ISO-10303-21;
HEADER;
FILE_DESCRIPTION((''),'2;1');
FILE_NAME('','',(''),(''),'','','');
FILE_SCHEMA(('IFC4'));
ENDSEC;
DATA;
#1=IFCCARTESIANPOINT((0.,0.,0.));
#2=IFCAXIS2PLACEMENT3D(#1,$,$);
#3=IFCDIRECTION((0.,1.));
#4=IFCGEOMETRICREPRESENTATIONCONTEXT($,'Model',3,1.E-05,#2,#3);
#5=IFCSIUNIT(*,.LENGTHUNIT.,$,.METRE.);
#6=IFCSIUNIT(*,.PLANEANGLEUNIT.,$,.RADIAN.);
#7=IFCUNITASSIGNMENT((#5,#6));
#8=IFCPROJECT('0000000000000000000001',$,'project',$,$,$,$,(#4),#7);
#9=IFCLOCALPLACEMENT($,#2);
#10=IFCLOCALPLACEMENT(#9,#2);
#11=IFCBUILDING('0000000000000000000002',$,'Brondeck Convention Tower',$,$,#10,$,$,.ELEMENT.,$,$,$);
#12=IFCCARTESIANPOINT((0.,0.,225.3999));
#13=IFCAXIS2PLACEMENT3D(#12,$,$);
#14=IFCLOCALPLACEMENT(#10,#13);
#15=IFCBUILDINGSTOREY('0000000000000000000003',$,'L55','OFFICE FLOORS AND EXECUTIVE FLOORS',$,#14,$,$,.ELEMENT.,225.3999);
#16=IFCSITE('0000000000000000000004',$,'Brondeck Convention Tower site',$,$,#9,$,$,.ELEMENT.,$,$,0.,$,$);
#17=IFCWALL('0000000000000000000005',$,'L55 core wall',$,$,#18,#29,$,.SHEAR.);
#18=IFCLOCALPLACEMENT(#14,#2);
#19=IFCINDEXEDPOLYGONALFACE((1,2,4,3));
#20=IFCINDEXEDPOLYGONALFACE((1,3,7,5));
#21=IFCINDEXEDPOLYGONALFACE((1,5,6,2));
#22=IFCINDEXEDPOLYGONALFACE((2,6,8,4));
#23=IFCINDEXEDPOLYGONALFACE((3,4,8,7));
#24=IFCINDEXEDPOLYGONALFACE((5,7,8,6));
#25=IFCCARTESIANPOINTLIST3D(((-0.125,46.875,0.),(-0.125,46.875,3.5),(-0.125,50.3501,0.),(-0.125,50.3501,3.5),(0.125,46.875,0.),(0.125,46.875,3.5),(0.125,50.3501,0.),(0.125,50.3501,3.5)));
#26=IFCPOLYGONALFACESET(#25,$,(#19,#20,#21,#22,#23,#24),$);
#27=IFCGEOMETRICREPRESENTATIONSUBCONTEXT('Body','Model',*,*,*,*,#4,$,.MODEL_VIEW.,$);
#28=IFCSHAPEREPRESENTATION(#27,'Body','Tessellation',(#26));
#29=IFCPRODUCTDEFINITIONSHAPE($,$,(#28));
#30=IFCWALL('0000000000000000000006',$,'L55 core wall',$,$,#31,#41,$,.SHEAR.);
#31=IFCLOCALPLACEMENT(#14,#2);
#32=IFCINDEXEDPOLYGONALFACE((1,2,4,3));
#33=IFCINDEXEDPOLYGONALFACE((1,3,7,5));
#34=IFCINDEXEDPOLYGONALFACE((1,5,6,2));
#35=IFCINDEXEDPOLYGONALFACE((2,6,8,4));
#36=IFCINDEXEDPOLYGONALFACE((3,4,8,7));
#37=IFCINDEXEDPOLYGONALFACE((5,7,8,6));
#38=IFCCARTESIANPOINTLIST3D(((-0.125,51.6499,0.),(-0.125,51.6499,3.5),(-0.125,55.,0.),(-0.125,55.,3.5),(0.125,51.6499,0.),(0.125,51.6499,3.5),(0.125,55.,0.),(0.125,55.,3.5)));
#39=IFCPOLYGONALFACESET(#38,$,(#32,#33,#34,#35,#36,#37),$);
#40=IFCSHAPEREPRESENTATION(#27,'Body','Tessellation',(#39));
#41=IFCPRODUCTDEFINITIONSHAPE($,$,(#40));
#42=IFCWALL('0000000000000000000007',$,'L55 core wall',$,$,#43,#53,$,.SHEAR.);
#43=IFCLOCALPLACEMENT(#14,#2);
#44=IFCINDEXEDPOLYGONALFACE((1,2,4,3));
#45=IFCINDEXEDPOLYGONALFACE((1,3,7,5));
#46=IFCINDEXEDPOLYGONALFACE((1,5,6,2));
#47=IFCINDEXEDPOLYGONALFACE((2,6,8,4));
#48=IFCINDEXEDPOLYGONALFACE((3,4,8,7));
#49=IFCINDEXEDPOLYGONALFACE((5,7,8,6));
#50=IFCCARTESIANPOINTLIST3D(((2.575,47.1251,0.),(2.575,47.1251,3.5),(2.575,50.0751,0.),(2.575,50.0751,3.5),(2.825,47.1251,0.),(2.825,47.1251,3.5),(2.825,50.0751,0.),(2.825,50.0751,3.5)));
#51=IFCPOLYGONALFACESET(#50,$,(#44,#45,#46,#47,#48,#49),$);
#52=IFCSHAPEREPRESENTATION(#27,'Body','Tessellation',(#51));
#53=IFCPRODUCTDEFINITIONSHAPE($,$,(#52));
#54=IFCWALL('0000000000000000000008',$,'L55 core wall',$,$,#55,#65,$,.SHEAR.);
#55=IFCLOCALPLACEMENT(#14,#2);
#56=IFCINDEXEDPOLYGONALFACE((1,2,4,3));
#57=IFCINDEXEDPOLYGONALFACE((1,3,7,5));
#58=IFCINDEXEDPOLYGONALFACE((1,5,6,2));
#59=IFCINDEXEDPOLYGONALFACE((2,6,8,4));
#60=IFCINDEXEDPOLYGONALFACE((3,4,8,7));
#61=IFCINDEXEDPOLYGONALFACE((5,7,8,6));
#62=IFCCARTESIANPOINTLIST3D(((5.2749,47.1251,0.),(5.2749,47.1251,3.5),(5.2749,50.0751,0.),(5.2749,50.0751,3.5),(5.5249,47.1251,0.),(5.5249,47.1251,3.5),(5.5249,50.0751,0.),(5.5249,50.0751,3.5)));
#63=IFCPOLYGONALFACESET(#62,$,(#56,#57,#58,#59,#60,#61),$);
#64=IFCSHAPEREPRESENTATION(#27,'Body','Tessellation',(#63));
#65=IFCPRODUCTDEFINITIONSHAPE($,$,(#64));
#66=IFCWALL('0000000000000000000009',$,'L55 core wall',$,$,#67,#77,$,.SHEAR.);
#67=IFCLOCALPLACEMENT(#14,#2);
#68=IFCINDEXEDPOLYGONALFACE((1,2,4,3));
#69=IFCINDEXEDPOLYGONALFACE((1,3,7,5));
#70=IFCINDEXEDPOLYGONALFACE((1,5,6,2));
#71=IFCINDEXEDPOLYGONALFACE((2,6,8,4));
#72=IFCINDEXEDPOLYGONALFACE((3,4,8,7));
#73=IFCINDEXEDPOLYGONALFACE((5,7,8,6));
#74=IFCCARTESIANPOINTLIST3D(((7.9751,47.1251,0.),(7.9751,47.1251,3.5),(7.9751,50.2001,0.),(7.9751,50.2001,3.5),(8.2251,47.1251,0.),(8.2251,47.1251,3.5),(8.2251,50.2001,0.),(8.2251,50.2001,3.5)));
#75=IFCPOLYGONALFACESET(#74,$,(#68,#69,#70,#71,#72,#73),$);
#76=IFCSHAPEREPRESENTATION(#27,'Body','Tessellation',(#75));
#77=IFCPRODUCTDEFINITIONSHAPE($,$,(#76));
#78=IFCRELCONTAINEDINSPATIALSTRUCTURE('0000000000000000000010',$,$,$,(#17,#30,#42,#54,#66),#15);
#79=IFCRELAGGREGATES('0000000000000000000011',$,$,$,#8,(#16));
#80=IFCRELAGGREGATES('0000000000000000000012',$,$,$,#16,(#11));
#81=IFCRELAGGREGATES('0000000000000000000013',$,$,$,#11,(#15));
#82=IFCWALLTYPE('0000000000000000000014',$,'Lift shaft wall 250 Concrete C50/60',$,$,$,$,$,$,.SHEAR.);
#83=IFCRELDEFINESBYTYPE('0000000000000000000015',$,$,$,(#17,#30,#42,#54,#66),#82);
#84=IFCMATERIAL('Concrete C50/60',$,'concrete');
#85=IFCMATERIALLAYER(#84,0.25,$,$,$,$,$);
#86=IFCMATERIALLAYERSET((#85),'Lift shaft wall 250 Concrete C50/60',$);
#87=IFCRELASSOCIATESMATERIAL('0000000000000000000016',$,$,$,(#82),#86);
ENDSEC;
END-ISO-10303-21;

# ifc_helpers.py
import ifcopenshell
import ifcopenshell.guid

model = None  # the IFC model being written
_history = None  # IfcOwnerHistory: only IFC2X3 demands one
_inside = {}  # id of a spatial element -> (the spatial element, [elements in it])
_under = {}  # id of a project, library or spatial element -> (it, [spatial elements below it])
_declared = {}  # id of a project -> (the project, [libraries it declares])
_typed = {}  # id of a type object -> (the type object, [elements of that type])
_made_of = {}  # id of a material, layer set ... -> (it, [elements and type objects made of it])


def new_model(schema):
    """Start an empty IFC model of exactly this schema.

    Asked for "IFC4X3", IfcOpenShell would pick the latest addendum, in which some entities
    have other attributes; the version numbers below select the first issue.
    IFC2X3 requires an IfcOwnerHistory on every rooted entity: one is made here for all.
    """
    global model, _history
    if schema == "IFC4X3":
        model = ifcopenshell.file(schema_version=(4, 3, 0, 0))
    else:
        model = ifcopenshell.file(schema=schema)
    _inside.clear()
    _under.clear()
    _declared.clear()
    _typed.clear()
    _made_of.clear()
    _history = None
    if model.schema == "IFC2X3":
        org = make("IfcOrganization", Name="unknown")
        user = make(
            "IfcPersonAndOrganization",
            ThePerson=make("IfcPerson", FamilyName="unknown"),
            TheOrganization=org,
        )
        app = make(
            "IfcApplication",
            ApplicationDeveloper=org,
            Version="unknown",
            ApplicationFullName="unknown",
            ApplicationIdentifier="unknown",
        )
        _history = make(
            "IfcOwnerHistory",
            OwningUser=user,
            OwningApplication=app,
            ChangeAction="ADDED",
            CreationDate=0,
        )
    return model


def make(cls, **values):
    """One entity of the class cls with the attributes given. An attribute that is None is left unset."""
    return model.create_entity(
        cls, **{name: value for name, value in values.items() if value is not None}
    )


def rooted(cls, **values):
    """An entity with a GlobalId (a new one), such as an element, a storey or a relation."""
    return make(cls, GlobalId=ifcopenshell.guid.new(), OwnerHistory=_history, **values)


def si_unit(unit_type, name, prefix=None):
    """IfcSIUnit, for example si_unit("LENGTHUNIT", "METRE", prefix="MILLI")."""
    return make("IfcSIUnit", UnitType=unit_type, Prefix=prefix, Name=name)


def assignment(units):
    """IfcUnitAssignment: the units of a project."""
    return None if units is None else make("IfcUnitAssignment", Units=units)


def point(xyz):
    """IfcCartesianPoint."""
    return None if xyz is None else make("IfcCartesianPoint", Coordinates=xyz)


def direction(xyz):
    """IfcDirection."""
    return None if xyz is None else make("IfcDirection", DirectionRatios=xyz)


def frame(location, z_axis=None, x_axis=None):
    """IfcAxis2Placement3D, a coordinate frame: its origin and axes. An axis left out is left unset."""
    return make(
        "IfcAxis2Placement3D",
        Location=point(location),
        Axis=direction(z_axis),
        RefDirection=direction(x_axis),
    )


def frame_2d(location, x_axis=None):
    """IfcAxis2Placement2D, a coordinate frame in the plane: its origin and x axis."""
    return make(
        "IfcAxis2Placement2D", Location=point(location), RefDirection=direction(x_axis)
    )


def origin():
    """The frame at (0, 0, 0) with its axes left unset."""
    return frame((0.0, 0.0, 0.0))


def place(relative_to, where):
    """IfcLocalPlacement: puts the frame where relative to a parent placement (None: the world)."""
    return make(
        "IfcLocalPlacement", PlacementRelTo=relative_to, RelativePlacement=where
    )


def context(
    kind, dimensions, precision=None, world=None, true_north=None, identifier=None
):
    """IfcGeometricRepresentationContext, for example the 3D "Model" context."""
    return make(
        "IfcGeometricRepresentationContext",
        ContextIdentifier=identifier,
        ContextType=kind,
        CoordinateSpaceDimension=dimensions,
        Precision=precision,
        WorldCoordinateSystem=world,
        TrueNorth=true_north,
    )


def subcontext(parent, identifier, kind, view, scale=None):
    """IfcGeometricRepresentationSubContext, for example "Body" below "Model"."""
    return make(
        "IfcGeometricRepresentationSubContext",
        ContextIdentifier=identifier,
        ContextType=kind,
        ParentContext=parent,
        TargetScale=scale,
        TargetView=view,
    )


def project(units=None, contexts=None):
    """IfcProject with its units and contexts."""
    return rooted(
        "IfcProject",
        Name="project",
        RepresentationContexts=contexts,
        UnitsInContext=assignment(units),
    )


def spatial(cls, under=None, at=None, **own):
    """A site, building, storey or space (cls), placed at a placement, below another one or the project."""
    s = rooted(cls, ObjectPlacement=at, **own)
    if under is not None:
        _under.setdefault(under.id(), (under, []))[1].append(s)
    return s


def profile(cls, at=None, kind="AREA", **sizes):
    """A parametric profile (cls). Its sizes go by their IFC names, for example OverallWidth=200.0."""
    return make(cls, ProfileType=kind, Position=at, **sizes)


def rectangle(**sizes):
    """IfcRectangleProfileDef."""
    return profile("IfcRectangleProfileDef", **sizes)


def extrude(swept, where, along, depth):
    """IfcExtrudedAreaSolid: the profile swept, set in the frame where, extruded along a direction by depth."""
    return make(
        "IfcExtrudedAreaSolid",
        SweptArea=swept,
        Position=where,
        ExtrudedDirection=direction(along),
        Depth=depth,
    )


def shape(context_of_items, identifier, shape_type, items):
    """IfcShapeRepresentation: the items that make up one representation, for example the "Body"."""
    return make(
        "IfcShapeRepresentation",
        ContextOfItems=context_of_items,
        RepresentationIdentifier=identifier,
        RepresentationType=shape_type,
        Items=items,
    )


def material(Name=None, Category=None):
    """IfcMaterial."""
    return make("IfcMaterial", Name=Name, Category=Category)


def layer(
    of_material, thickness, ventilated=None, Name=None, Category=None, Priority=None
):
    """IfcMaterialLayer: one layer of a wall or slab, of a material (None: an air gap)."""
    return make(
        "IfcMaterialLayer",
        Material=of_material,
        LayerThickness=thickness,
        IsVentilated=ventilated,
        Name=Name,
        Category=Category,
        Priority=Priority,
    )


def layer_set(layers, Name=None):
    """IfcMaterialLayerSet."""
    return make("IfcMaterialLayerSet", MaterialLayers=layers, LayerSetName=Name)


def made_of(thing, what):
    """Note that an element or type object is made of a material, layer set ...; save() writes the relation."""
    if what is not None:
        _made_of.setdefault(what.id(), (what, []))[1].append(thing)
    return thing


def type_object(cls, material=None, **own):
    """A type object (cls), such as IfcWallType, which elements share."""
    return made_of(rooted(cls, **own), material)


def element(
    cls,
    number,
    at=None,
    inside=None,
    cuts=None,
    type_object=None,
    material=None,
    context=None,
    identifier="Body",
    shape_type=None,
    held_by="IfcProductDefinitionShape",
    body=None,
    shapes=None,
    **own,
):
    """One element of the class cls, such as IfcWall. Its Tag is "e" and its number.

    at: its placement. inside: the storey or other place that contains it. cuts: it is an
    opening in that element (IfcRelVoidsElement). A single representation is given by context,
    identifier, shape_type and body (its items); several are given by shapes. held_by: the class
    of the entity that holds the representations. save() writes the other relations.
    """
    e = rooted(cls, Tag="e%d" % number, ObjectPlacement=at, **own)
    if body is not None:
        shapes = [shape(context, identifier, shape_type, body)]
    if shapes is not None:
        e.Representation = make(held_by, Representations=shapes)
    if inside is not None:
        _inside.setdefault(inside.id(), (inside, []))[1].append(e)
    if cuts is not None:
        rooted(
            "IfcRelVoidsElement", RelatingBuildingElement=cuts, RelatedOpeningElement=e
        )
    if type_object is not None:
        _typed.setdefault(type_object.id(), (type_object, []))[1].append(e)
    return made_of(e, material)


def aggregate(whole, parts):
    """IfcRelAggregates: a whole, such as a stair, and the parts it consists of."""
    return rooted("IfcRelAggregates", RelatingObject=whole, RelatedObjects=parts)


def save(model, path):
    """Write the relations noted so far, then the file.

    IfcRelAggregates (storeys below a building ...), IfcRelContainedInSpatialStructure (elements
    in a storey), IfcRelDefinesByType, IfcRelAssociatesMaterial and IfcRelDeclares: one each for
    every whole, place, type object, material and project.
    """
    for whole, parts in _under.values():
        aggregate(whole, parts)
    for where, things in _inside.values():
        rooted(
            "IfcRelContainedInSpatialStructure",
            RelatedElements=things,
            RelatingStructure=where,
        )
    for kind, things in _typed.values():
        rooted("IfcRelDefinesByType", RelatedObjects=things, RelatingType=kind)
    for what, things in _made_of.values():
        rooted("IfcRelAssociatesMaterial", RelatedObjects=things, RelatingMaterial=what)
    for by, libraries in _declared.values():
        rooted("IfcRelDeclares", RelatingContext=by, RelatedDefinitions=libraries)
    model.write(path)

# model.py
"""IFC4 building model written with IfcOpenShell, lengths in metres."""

from ifc_helpers import new_model, si_unit, direction, frame, frame_2d, origin, place, context, subcontext, project, spatial, rectangle, extrude, material, layer, layer_set, type_object, element, save


model = new_model("IFC4")

# Units and contexts
model_context = context("Model", 3, precision=1e-05, world=origin(), true_north=direction((0.0, 1.0)))
body_context = subcontext(model_context, "Body", "Model", "MODEL_VIEW")
ifc_project = project(units=[si_unit("LENGTHUNIT", "METRE"), si_unit("PLANEANGLEUNIT", "RADIAN")], contexts=[model_context])

# Site, building, storey
site_placement = place(None, origin())
site = spatial("IfcSite", under=ifc_project, at=site_placement, Name="Brondeck Convention Tower site", CompositionType="ELEMENT", RefElevation=0.0)
building_placement = place(site_placement, origin())
building = spatial("IfcBuilding", under=site, at=building_placement, Name="Brondeck Convention Tower", CompositionType="ELEMENT")
storey_placement = place(building_placement, frame((0.0, 0.0, 225.3999)))
storey = spatial("IfcBuildingStorey", under=building, at=storey_placement, Name="L55", Description="OFFICE FLOORS AND EXECUTIVE FLOORS", CompositionType="ELEMENT", Elevation=225.3999)

# Shared definitions
ifc_material_1 = material(Name="Concrete C50/60", Category="concrete")

# Shared definitions
ifc_layer_1 = layer(ifc_material_1, 0.25)
ifc_layer_set_1 = layer_set([ifc_layer_1], Name="Lift shaft wall 250 Concrete C50/60")
wall_type_1 = type_object("IfcWallType", Name="Lift shaft wall 250 Concrete C50/60", PredefinedType="SHEAR", material=ifc_layer_set_1)

# Walls
wall_1_placement = place(storey_placement, frame((0.0, 46.875, 0.0), z_axis=(0.0, 0.0, 1.0), x_axis=(0.0, 1.0, 0.0)))
element("IfcWall", 1, at=wall_1_placement, inside=storey, type_object=wall_type_1, Name="L55 core wall", PredefinedType="SHEAR", context=body_context, shape_type="SweptSolid", body=[
    extrude(rectangle(XDim=3.4751, YDim=0.25, at=frame_2d((1.7375, 0.0))), origin(), (0.0, 0.0, 1.0), 3.5),
])
wall_2_placement = place(storey_placement, frame((0.0, 51.6499, 0.0), z_axis=(0.0, 0.0, 1.0), x_axis=(0.0, 1.0, 0.0)))
element("IfcWall", 2, at=wall_2_placement, inside=storey, type_object=wall_type_1, Name="L55 core wall", PredefinedType="SHEAR", context=body_context, shape_type="SweptSolid", body=[
    extrude(rectangle(XDim=3.3501, YDim=0.25, at=frame_2d((1.675, 0.0))), origin(), (0.0, 0.0, 1.0), 3.5),
])
for number, where, z_axis, x_axis, name in (
    (3, (2.7, 47.125, 0.0), (0.0, 0.0, 1.0), (0.0, 1.0, 0.0), "L55 core wall"),
    (4, (5.3999, 47.125, 0.0), (0.0, 0.0, 1.0), (0.0, 1.0, 0.0), "L55 core wall"),
):
    element("IfcWall", number, at=place(storey_placement, frame(where, z_axis=z_axis, x_axis=x_axis)), inside=storey, type_object=wall_type_1, Name=name, PredefinedType="SHEAR", context=body_context, shape_type="SweptSolid", body=[
        extrude(rectangle(XDim=2.95, YDim=0.25, at=frame_2d((1.4751, 0.0))), origin(), (0.0, 0.0, 1.0), 3.5),
    ])
wall_3_placement = place(storey_placement, frame((8.1001, 47.125, 0.0), z_axis=(0.0, 0.0, 1.0), x_axis=(0.0, 1.0, 0.0)))
element("IfcWall", 5, at=wall_3_placement, inside=storey, type_object=wall_type_1, Name="L55 core wall", PredefinedType="SHEAR", context=body_context, shape_type="SweptSolid", body=[
    extrude(rectangle(XDim=3.075, YDim=0.25, at=frame_2d((1.5376, 0.0))), origin(), (0.0, 0.0, 1.0), 3.5),
])

save(model, "model.ifc")
